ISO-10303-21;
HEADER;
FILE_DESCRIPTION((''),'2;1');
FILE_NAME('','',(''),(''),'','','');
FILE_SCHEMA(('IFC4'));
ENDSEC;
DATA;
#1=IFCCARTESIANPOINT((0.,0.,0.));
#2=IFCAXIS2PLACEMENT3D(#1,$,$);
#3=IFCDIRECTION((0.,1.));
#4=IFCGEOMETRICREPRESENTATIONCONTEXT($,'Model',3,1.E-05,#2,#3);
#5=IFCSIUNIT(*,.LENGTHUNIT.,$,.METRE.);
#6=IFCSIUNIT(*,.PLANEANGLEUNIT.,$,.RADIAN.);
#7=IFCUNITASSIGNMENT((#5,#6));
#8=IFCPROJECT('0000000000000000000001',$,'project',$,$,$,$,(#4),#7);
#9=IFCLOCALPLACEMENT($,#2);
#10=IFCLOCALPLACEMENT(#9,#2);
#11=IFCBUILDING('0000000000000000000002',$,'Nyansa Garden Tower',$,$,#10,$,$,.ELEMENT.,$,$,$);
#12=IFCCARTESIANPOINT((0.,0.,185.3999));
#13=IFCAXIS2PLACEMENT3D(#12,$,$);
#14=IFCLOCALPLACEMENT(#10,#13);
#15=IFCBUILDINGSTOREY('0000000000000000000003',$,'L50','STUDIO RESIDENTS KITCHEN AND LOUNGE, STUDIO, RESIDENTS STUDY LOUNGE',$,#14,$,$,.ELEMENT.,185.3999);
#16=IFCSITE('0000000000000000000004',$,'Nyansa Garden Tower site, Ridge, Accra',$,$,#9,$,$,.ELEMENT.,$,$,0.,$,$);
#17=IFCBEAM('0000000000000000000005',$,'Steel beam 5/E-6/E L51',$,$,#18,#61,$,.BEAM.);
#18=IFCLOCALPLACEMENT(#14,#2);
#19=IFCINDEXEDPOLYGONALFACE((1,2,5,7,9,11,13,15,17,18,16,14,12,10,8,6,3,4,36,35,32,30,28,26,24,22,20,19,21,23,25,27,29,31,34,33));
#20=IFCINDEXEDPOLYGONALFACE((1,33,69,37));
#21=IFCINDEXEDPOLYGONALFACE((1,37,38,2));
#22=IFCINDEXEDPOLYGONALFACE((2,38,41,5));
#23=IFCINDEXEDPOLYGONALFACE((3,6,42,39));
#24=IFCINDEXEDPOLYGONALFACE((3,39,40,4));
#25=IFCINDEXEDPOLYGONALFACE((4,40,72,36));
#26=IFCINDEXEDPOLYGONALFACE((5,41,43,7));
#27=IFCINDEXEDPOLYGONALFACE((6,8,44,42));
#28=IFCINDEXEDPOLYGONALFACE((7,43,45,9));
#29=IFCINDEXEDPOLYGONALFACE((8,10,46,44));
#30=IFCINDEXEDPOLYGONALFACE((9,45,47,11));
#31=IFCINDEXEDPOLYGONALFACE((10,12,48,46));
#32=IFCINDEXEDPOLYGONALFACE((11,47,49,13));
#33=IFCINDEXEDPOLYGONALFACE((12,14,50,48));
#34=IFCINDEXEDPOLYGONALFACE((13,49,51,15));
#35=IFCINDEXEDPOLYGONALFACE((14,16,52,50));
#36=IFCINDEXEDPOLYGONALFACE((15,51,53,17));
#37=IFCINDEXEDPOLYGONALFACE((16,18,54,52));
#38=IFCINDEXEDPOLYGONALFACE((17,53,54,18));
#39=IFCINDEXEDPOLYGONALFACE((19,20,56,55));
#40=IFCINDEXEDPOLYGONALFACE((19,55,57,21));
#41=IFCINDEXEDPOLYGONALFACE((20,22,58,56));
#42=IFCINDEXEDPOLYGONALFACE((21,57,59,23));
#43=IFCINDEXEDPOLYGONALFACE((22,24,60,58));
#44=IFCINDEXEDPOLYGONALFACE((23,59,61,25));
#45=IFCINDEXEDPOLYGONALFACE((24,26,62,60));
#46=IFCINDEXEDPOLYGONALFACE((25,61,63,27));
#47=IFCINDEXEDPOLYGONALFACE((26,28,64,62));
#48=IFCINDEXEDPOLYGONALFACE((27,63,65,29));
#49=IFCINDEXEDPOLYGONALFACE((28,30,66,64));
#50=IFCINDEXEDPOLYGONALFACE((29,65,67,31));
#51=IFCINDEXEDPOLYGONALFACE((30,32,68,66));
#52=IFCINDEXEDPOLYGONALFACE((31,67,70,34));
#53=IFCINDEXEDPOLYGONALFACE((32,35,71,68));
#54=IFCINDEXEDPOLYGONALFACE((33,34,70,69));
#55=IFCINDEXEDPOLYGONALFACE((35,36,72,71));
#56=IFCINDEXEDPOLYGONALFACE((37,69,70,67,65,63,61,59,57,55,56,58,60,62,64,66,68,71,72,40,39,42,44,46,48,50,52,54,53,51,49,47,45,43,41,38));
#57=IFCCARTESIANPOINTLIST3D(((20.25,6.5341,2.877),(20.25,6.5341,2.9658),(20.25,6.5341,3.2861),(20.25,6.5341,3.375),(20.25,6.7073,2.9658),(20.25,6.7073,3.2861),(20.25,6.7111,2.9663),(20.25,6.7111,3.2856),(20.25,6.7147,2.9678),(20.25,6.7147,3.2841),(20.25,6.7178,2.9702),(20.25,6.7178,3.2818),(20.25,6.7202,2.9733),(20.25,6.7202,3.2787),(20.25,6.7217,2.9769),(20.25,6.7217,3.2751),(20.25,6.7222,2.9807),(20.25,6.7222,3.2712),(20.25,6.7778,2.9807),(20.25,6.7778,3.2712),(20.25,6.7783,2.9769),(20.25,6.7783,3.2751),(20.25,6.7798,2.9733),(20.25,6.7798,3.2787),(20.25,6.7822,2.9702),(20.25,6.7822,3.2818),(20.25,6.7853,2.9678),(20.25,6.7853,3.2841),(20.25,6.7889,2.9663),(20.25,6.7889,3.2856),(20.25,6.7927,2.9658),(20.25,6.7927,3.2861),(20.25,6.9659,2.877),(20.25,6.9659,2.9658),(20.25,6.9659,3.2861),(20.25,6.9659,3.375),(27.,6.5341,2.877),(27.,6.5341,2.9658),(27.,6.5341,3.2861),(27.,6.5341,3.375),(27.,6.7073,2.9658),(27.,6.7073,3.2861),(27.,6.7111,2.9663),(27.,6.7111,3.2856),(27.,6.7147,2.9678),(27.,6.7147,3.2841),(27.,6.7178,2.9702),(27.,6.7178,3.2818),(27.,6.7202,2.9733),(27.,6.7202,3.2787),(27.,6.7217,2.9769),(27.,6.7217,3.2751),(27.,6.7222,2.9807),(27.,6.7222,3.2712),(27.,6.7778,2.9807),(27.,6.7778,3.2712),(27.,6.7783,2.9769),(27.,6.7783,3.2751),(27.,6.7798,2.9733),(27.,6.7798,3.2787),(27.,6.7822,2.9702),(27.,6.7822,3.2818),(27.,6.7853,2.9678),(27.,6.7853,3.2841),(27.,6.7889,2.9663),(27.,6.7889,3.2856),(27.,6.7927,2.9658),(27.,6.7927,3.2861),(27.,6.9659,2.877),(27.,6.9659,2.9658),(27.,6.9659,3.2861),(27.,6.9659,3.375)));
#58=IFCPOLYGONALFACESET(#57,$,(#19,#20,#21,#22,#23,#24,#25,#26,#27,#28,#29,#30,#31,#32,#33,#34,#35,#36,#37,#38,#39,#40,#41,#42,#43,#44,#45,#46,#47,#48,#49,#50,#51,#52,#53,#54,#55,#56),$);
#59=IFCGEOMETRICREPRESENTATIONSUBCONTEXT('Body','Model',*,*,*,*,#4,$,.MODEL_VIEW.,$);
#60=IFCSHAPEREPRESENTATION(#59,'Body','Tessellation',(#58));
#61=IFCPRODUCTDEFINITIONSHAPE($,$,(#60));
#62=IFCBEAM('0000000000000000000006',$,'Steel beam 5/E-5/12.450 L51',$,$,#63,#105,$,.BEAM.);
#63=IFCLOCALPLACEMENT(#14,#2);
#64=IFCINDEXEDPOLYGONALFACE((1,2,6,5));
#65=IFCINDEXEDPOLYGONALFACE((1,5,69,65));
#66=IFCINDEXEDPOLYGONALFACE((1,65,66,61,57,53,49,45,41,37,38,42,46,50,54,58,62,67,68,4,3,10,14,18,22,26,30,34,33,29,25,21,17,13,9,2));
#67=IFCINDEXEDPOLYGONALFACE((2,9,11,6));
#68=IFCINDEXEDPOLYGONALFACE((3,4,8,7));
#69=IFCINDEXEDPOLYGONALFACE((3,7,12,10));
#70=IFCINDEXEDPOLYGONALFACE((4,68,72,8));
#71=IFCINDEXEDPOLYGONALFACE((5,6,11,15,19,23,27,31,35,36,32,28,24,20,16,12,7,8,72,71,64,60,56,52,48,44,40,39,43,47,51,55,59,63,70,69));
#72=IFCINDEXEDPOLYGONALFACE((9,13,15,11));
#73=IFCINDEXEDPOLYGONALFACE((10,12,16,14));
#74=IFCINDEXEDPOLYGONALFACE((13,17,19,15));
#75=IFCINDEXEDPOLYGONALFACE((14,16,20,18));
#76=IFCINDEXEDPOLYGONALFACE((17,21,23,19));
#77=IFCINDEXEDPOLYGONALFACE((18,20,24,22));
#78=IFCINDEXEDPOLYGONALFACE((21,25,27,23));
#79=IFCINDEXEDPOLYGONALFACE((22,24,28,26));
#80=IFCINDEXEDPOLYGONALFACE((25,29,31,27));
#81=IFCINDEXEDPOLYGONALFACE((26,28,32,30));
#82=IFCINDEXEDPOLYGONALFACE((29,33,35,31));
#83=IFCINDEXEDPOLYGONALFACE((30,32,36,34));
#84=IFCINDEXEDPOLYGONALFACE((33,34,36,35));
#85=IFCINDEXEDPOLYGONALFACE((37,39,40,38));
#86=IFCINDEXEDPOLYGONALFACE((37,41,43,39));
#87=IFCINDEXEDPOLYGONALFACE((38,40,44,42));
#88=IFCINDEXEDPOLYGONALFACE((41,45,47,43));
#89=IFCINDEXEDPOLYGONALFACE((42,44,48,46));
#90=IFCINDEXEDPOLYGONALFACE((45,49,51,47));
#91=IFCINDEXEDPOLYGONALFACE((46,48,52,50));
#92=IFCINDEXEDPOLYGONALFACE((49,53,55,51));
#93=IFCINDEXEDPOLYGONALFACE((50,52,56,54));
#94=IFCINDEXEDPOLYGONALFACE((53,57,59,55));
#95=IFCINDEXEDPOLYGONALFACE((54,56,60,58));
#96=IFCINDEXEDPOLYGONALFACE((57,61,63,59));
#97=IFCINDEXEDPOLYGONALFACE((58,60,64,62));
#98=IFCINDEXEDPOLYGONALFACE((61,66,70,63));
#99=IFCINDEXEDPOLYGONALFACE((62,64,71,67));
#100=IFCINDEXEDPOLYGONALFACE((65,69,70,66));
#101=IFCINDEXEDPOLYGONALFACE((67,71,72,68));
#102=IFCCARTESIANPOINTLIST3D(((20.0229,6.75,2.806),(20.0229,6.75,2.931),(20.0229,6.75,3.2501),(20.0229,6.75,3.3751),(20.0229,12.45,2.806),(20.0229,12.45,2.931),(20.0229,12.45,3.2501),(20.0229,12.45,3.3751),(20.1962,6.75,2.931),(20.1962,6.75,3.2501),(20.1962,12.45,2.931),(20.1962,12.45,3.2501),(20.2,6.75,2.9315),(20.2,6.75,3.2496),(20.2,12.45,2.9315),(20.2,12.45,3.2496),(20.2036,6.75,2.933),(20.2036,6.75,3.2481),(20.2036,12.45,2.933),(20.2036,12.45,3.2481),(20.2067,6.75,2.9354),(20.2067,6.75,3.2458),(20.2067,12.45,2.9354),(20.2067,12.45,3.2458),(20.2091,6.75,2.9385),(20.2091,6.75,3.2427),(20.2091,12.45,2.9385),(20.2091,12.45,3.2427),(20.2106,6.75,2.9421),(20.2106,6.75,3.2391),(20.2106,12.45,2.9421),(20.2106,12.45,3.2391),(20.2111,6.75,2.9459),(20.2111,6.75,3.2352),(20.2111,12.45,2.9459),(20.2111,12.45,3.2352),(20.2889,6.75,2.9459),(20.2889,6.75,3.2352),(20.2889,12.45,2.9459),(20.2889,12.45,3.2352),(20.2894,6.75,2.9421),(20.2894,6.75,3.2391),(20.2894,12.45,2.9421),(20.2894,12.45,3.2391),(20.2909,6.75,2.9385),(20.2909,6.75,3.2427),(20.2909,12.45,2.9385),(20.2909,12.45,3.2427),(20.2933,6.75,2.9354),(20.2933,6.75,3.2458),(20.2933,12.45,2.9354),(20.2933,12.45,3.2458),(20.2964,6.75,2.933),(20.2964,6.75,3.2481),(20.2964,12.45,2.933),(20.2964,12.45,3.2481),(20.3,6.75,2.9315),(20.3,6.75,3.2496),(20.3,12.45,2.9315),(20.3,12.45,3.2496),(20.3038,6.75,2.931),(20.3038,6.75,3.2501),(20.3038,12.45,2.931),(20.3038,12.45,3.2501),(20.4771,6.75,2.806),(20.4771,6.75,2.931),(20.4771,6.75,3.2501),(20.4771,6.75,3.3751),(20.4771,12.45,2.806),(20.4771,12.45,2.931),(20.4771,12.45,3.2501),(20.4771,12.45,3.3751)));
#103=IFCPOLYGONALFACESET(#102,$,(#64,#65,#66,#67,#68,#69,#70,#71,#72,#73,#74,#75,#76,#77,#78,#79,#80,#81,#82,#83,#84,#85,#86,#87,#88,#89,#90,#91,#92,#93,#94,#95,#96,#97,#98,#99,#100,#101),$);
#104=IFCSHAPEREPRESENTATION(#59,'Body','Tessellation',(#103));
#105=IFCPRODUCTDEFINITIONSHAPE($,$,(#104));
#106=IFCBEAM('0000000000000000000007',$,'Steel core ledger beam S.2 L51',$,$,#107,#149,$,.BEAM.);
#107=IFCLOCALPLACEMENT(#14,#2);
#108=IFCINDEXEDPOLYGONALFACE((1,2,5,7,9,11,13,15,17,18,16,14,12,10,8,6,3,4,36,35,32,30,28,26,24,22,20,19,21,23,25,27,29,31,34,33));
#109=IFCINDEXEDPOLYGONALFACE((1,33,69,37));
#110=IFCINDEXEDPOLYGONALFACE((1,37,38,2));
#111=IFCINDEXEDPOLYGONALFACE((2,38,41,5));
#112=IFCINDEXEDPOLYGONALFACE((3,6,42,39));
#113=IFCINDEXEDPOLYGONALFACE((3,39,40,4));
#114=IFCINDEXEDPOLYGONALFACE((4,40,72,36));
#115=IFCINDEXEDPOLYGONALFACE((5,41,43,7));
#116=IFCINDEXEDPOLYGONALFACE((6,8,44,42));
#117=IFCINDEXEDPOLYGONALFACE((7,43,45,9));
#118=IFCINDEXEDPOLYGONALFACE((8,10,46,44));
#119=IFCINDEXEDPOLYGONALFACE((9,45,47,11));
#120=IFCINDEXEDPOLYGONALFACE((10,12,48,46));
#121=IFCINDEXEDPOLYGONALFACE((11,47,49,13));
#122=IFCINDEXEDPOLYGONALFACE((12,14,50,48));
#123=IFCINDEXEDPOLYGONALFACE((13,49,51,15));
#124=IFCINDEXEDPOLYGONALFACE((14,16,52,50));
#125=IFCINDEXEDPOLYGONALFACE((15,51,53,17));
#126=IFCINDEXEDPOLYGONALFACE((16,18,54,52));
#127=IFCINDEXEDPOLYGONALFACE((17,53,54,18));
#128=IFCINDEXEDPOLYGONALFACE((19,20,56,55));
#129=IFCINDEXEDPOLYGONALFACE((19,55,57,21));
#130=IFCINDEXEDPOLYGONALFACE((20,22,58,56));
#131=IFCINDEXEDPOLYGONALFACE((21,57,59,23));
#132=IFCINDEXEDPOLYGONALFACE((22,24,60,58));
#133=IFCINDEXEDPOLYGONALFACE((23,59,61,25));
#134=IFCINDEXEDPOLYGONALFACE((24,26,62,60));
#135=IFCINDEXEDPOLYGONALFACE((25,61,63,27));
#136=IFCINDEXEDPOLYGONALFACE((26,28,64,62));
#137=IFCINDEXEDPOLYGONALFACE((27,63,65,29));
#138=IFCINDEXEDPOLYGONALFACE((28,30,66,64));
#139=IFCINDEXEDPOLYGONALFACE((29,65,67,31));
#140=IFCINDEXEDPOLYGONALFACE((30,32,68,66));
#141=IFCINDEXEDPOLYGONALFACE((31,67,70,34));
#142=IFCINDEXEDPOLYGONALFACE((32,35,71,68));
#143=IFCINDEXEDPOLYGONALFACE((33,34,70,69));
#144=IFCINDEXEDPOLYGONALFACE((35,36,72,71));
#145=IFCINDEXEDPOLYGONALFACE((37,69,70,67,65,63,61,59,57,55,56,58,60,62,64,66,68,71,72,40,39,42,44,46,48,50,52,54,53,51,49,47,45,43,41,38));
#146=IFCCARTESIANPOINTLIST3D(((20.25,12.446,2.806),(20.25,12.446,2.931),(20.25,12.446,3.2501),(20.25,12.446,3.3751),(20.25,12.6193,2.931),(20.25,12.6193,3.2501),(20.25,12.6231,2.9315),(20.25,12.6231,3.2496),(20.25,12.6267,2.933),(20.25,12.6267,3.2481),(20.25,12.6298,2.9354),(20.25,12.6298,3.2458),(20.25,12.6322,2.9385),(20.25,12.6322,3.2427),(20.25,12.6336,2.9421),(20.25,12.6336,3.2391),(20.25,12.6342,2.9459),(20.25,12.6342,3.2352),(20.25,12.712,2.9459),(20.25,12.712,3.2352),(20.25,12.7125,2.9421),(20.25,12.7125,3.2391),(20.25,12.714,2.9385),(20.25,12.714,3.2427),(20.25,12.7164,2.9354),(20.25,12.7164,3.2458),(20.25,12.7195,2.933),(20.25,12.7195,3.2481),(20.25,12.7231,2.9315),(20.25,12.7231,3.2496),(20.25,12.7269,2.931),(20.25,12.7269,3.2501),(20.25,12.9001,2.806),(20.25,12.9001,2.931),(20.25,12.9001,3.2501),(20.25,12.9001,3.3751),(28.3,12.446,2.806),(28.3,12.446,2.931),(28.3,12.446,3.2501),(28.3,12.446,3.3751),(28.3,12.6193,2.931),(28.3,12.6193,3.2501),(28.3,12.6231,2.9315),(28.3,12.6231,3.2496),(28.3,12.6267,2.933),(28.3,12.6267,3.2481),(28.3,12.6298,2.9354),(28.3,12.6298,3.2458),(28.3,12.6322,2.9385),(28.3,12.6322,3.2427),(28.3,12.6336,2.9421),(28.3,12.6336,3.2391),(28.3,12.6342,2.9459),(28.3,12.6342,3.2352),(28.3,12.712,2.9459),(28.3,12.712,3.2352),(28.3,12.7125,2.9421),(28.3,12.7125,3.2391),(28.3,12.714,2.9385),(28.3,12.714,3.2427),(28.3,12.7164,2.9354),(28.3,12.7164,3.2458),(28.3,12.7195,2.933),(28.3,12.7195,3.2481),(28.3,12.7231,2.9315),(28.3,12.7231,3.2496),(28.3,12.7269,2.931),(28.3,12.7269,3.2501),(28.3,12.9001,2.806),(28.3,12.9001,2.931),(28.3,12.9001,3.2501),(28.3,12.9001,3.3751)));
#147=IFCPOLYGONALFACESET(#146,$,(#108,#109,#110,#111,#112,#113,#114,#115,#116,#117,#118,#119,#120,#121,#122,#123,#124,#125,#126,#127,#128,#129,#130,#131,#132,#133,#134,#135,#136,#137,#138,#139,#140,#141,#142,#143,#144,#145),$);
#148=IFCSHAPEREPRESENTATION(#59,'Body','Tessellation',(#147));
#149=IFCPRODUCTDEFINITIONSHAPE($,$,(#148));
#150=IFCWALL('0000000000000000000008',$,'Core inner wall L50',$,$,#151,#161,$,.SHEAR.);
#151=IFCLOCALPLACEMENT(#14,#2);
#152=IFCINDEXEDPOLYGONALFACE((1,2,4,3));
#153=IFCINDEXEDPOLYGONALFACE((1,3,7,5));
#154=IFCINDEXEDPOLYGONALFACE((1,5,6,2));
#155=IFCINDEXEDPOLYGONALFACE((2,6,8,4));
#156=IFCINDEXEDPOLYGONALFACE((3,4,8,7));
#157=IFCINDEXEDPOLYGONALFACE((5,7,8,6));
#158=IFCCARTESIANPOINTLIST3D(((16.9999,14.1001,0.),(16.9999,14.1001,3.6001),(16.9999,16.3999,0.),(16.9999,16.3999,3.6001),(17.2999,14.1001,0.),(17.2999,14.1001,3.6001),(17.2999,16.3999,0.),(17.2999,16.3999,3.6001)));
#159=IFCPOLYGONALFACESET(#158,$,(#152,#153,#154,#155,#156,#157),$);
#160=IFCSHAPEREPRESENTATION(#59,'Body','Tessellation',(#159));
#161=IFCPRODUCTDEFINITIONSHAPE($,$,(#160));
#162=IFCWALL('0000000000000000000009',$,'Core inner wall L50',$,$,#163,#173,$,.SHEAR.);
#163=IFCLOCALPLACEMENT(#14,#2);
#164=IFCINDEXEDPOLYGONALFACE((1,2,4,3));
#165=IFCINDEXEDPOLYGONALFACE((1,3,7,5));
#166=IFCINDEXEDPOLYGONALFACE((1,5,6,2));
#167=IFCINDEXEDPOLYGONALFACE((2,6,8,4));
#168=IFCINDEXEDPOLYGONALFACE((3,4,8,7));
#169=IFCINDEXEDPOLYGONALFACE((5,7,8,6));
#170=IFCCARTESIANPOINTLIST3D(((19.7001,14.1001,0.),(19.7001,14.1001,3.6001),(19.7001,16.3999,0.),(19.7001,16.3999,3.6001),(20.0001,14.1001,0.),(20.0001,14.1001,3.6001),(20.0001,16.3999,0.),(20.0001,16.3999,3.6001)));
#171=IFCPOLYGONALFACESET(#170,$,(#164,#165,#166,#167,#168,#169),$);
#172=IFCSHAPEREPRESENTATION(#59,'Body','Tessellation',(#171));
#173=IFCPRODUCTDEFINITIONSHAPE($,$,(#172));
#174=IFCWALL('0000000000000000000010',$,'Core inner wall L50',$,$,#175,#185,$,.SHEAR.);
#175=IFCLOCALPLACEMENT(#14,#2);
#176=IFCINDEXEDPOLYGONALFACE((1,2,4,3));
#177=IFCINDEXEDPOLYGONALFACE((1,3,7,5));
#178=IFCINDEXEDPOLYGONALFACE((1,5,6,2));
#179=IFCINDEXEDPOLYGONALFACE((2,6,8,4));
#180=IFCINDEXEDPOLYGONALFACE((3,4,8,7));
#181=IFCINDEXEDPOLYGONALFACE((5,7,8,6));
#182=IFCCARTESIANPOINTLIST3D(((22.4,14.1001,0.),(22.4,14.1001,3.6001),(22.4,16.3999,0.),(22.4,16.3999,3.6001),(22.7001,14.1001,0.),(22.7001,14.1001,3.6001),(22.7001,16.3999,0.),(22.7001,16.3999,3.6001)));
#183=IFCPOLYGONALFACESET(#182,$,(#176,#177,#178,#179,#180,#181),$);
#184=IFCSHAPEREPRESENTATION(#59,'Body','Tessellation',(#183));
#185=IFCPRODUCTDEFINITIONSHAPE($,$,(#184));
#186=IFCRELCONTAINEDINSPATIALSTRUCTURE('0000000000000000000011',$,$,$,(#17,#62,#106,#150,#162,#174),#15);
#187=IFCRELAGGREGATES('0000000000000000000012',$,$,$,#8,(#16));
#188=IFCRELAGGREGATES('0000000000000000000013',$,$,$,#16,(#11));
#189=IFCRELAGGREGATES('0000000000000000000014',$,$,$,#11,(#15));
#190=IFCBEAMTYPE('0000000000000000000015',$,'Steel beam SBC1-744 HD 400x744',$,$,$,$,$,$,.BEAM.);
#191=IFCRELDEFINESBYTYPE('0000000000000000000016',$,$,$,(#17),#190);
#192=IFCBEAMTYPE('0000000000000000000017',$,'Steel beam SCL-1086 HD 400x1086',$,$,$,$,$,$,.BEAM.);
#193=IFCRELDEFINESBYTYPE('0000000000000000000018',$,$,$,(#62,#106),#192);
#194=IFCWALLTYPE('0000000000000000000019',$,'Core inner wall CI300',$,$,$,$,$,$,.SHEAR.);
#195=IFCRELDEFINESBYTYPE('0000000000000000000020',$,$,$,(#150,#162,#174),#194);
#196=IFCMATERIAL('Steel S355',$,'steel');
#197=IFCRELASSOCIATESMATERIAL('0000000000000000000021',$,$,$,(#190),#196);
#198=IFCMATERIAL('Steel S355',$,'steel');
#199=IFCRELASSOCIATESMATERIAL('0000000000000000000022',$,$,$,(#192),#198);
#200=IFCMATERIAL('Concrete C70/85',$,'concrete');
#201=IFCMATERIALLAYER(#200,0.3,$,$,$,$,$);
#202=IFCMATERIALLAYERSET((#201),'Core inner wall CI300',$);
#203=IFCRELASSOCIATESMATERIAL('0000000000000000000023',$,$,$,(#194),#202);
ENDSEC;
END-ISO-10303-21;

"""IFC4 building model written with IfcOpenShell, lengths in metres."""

from ifc_helpers import new_model, si_unit, direction, frame, frame_2d, origin, origin_2d, place, context, subcontext, project, spatial, rectangle, i_section, extrude, material, layer, layer_set, material_profile, profile_set, type_object, element, save


model = new_model("IFC4")

# Units and contexts
model_context = context("Model", 3, precision=1e-05, world=origin(), true_north=direction((0.0, 1.0)))
body_context = subcontext(model_context, "Body", "Model", "MODEL_VIEW")
ifc_project = project(units=[si_unit("LENGTHUNIT", "METRE"), si_unit("PLANEANGLEUNIT", "RADIAN")], contexts=[model_context])

# Site, building, storey
site_placement = place(None, origin())
site = spatial("IfcSite", under=ifc_project, at=site_placement, Name="Nyansa Garden Tower site, Ridge, Accra", CompositionType="ELEMENT", RefElevation=0.0)
building_placement = place(site_placement, origin())
building = spatial("IfcBuilding", under=site, at=building_placement, Name="Nyansa Garden Tower", CompositionType="ELEMENT")
storey_placement = place(building_placement, frame((0.0, 0.0, 185.3999)))
storey = spatial("IfcBuildingStorey", under=building, at=storey_placement, Name="L50", Description="STUDIO RESIDENTS KITCHEN AND LOUNGE, STUDIO, RESIDENTS STUDY LOUNGE", CompositionType="ELEMENT", Elevation=185.3999)

# Beams
ifc_material_1 = material(Name="Steel S355", Category="steel")
ifc_material_profile_1 = material_profile(ifc_material_1, i_section(OverallWidth=0.4319, OverallDepth=0.498, WebThickness=0.0557, FlangeThickness=0.0889, FilletRadius=0.0149, at=origin_2d()), Name="HD 400x744")
ifc_profile_set_1 = profile_set([ifc_material_profile_1], Name="Steel S355")
beam_type_1 = type_object("IfcBeamType", Name="Steel beam SBC1-744 HD 400x744", PredefinedType="BEAM", material=ifc_profile_set_1)
beam_1_placement = place(storey_placement, frame((20.25, 6.75, 3.126), z_axis=(1.0, 0.0, 0.0), x_axis=(0.0, 1.0, 0.0)))
element("IfcBeam", 1, at=beam_1_placement, inside=storey, type_object=beam_type_1, Name="Steel beam 5/E-6/E L51", PredefinedType="BEAM", context=body_context, shape_type="SweptSolid", body=[
    extrude(i_section(OverallWidth=0.4319, OverallDepth=0.498, WebThickness=0.0557, FlangeThickness=0.0889, FilletRadius=0.0149, at=origin_2d()), origin(), (0.0, 0.0, 1.0), 6.75),
])
ifc_material_2 = material(Name="Steel S355", Category="steel")
ifc_material_profile_2 = material_profile(ifc_material_2, i_section(OverallWidth=0.4541, OverallDepth=0.5691, WebThickness=0.0779, FlangeThickness=0.125, FilletRadius=0.0149, at=origin_2d()), Name="HD 400x1086")
ifc_profile_set_2 = profile_set([ifc_material_profile_2], Name="Steel S355")
beam_type_2 = type_object("IfcBeamType", Name="Steel beam SCL-1086 HD 400x1086", PredefinedType="BEAM", material=ifc_profile_set_2)
beam_2_placement = place(storey_placement, frame((20.25, 6.75, 3.0906), z_axis=(0.0, 1.0, 0.0), x_axis=(-1.0, 0.0, 0.0)))
element("IfcBeam", 2, at=beam_2_placement, inside=storey, type_object=beam_type_2, Name="Steel beam 5/E-5/12.450 L51", PredefinedType="BEAM", context=body_context, shape_type="SweptSolid", body=[
    extrude(i_section(OverallWidth=0.4541, OverallDepth=0.5691, WebThickness=0.0779, FlangeThickness=0.125, FilletRadius=0.0149, at=origin_2d()), origin(), (0.0, 0.0, 1.0), 5.7),
])
beam_3_placement = place(storey_placement, frame((20.25, 12.6731, 3.0906), z_axis=(1.0, 0.0, 0.0), x_axis=(0.0, 1.0, 0.0)))
element("IfcBeam", 3, at=beam_3_placement, inside=storey, type_object=beam_type_2, Name="Steel core ledger beam S.2 L51", PredefinedType="BEAM", context=body_context, shape_type="SweptSolid", body=[
    extrude(i_section(OverallWidth=0.4541, OverallDepth=0.5691, WebThickness=0.0779, FlangeThickness=0.125, FilletRadius=0.0149, at=origin_2d()), origin(), (0.0, 0.0, 1.0), 8.05),
])

# Walls
ifc_material_3 = material(Name="Concrete C70/85", Category="concrete")
ifc_layer_1 = layer(ifc_material_3, 0.3)
ifc_layer_set_1 = layer_set([ifc_layer_1], Name="Core inner wall CI300")
wall_type_1 = type_object("IfcWallType", Name="Core inner wall CI300", PredefinedType="SHEAR", material=ifc_layer_set_1)
for number, where, z_axis, x_axis, name in (
    (4, (17.1499, 14.1001, 0.0), (0.0, 0.0, 1.0), (0.0, 1.0, 0.0), "Core inner wall L50"),
    (5, (19.8501, 14.1001, 0.0), (0.0, 0.0, 1.0), (0.0, 1.0, 0.0), "Core inner wall L50"),
    (6, (22.55, 14.1001, 0.0), (0.0, 0.0, 1.0), (0.0, 1.0, 0.0), "Core inner wall L50"),
):
    element("IfcWall", number, at=place(storey_placement, frame(where, z_axis=z_axis, x_axis=x_axis)), inside=storey, type_object=wall_type_1, Name=name, PredefinedType="SHEAR", context=body_context, shape_type="SweptSolid", body=[
        extrude(rectangle(XDim=2.2998, YDim=0.3, at=frame_2d((1.1499, 0.0))), origin(), (0.0, 0.0, 1.0), 3.6001),
    ])

save(model, "model.ifc")
